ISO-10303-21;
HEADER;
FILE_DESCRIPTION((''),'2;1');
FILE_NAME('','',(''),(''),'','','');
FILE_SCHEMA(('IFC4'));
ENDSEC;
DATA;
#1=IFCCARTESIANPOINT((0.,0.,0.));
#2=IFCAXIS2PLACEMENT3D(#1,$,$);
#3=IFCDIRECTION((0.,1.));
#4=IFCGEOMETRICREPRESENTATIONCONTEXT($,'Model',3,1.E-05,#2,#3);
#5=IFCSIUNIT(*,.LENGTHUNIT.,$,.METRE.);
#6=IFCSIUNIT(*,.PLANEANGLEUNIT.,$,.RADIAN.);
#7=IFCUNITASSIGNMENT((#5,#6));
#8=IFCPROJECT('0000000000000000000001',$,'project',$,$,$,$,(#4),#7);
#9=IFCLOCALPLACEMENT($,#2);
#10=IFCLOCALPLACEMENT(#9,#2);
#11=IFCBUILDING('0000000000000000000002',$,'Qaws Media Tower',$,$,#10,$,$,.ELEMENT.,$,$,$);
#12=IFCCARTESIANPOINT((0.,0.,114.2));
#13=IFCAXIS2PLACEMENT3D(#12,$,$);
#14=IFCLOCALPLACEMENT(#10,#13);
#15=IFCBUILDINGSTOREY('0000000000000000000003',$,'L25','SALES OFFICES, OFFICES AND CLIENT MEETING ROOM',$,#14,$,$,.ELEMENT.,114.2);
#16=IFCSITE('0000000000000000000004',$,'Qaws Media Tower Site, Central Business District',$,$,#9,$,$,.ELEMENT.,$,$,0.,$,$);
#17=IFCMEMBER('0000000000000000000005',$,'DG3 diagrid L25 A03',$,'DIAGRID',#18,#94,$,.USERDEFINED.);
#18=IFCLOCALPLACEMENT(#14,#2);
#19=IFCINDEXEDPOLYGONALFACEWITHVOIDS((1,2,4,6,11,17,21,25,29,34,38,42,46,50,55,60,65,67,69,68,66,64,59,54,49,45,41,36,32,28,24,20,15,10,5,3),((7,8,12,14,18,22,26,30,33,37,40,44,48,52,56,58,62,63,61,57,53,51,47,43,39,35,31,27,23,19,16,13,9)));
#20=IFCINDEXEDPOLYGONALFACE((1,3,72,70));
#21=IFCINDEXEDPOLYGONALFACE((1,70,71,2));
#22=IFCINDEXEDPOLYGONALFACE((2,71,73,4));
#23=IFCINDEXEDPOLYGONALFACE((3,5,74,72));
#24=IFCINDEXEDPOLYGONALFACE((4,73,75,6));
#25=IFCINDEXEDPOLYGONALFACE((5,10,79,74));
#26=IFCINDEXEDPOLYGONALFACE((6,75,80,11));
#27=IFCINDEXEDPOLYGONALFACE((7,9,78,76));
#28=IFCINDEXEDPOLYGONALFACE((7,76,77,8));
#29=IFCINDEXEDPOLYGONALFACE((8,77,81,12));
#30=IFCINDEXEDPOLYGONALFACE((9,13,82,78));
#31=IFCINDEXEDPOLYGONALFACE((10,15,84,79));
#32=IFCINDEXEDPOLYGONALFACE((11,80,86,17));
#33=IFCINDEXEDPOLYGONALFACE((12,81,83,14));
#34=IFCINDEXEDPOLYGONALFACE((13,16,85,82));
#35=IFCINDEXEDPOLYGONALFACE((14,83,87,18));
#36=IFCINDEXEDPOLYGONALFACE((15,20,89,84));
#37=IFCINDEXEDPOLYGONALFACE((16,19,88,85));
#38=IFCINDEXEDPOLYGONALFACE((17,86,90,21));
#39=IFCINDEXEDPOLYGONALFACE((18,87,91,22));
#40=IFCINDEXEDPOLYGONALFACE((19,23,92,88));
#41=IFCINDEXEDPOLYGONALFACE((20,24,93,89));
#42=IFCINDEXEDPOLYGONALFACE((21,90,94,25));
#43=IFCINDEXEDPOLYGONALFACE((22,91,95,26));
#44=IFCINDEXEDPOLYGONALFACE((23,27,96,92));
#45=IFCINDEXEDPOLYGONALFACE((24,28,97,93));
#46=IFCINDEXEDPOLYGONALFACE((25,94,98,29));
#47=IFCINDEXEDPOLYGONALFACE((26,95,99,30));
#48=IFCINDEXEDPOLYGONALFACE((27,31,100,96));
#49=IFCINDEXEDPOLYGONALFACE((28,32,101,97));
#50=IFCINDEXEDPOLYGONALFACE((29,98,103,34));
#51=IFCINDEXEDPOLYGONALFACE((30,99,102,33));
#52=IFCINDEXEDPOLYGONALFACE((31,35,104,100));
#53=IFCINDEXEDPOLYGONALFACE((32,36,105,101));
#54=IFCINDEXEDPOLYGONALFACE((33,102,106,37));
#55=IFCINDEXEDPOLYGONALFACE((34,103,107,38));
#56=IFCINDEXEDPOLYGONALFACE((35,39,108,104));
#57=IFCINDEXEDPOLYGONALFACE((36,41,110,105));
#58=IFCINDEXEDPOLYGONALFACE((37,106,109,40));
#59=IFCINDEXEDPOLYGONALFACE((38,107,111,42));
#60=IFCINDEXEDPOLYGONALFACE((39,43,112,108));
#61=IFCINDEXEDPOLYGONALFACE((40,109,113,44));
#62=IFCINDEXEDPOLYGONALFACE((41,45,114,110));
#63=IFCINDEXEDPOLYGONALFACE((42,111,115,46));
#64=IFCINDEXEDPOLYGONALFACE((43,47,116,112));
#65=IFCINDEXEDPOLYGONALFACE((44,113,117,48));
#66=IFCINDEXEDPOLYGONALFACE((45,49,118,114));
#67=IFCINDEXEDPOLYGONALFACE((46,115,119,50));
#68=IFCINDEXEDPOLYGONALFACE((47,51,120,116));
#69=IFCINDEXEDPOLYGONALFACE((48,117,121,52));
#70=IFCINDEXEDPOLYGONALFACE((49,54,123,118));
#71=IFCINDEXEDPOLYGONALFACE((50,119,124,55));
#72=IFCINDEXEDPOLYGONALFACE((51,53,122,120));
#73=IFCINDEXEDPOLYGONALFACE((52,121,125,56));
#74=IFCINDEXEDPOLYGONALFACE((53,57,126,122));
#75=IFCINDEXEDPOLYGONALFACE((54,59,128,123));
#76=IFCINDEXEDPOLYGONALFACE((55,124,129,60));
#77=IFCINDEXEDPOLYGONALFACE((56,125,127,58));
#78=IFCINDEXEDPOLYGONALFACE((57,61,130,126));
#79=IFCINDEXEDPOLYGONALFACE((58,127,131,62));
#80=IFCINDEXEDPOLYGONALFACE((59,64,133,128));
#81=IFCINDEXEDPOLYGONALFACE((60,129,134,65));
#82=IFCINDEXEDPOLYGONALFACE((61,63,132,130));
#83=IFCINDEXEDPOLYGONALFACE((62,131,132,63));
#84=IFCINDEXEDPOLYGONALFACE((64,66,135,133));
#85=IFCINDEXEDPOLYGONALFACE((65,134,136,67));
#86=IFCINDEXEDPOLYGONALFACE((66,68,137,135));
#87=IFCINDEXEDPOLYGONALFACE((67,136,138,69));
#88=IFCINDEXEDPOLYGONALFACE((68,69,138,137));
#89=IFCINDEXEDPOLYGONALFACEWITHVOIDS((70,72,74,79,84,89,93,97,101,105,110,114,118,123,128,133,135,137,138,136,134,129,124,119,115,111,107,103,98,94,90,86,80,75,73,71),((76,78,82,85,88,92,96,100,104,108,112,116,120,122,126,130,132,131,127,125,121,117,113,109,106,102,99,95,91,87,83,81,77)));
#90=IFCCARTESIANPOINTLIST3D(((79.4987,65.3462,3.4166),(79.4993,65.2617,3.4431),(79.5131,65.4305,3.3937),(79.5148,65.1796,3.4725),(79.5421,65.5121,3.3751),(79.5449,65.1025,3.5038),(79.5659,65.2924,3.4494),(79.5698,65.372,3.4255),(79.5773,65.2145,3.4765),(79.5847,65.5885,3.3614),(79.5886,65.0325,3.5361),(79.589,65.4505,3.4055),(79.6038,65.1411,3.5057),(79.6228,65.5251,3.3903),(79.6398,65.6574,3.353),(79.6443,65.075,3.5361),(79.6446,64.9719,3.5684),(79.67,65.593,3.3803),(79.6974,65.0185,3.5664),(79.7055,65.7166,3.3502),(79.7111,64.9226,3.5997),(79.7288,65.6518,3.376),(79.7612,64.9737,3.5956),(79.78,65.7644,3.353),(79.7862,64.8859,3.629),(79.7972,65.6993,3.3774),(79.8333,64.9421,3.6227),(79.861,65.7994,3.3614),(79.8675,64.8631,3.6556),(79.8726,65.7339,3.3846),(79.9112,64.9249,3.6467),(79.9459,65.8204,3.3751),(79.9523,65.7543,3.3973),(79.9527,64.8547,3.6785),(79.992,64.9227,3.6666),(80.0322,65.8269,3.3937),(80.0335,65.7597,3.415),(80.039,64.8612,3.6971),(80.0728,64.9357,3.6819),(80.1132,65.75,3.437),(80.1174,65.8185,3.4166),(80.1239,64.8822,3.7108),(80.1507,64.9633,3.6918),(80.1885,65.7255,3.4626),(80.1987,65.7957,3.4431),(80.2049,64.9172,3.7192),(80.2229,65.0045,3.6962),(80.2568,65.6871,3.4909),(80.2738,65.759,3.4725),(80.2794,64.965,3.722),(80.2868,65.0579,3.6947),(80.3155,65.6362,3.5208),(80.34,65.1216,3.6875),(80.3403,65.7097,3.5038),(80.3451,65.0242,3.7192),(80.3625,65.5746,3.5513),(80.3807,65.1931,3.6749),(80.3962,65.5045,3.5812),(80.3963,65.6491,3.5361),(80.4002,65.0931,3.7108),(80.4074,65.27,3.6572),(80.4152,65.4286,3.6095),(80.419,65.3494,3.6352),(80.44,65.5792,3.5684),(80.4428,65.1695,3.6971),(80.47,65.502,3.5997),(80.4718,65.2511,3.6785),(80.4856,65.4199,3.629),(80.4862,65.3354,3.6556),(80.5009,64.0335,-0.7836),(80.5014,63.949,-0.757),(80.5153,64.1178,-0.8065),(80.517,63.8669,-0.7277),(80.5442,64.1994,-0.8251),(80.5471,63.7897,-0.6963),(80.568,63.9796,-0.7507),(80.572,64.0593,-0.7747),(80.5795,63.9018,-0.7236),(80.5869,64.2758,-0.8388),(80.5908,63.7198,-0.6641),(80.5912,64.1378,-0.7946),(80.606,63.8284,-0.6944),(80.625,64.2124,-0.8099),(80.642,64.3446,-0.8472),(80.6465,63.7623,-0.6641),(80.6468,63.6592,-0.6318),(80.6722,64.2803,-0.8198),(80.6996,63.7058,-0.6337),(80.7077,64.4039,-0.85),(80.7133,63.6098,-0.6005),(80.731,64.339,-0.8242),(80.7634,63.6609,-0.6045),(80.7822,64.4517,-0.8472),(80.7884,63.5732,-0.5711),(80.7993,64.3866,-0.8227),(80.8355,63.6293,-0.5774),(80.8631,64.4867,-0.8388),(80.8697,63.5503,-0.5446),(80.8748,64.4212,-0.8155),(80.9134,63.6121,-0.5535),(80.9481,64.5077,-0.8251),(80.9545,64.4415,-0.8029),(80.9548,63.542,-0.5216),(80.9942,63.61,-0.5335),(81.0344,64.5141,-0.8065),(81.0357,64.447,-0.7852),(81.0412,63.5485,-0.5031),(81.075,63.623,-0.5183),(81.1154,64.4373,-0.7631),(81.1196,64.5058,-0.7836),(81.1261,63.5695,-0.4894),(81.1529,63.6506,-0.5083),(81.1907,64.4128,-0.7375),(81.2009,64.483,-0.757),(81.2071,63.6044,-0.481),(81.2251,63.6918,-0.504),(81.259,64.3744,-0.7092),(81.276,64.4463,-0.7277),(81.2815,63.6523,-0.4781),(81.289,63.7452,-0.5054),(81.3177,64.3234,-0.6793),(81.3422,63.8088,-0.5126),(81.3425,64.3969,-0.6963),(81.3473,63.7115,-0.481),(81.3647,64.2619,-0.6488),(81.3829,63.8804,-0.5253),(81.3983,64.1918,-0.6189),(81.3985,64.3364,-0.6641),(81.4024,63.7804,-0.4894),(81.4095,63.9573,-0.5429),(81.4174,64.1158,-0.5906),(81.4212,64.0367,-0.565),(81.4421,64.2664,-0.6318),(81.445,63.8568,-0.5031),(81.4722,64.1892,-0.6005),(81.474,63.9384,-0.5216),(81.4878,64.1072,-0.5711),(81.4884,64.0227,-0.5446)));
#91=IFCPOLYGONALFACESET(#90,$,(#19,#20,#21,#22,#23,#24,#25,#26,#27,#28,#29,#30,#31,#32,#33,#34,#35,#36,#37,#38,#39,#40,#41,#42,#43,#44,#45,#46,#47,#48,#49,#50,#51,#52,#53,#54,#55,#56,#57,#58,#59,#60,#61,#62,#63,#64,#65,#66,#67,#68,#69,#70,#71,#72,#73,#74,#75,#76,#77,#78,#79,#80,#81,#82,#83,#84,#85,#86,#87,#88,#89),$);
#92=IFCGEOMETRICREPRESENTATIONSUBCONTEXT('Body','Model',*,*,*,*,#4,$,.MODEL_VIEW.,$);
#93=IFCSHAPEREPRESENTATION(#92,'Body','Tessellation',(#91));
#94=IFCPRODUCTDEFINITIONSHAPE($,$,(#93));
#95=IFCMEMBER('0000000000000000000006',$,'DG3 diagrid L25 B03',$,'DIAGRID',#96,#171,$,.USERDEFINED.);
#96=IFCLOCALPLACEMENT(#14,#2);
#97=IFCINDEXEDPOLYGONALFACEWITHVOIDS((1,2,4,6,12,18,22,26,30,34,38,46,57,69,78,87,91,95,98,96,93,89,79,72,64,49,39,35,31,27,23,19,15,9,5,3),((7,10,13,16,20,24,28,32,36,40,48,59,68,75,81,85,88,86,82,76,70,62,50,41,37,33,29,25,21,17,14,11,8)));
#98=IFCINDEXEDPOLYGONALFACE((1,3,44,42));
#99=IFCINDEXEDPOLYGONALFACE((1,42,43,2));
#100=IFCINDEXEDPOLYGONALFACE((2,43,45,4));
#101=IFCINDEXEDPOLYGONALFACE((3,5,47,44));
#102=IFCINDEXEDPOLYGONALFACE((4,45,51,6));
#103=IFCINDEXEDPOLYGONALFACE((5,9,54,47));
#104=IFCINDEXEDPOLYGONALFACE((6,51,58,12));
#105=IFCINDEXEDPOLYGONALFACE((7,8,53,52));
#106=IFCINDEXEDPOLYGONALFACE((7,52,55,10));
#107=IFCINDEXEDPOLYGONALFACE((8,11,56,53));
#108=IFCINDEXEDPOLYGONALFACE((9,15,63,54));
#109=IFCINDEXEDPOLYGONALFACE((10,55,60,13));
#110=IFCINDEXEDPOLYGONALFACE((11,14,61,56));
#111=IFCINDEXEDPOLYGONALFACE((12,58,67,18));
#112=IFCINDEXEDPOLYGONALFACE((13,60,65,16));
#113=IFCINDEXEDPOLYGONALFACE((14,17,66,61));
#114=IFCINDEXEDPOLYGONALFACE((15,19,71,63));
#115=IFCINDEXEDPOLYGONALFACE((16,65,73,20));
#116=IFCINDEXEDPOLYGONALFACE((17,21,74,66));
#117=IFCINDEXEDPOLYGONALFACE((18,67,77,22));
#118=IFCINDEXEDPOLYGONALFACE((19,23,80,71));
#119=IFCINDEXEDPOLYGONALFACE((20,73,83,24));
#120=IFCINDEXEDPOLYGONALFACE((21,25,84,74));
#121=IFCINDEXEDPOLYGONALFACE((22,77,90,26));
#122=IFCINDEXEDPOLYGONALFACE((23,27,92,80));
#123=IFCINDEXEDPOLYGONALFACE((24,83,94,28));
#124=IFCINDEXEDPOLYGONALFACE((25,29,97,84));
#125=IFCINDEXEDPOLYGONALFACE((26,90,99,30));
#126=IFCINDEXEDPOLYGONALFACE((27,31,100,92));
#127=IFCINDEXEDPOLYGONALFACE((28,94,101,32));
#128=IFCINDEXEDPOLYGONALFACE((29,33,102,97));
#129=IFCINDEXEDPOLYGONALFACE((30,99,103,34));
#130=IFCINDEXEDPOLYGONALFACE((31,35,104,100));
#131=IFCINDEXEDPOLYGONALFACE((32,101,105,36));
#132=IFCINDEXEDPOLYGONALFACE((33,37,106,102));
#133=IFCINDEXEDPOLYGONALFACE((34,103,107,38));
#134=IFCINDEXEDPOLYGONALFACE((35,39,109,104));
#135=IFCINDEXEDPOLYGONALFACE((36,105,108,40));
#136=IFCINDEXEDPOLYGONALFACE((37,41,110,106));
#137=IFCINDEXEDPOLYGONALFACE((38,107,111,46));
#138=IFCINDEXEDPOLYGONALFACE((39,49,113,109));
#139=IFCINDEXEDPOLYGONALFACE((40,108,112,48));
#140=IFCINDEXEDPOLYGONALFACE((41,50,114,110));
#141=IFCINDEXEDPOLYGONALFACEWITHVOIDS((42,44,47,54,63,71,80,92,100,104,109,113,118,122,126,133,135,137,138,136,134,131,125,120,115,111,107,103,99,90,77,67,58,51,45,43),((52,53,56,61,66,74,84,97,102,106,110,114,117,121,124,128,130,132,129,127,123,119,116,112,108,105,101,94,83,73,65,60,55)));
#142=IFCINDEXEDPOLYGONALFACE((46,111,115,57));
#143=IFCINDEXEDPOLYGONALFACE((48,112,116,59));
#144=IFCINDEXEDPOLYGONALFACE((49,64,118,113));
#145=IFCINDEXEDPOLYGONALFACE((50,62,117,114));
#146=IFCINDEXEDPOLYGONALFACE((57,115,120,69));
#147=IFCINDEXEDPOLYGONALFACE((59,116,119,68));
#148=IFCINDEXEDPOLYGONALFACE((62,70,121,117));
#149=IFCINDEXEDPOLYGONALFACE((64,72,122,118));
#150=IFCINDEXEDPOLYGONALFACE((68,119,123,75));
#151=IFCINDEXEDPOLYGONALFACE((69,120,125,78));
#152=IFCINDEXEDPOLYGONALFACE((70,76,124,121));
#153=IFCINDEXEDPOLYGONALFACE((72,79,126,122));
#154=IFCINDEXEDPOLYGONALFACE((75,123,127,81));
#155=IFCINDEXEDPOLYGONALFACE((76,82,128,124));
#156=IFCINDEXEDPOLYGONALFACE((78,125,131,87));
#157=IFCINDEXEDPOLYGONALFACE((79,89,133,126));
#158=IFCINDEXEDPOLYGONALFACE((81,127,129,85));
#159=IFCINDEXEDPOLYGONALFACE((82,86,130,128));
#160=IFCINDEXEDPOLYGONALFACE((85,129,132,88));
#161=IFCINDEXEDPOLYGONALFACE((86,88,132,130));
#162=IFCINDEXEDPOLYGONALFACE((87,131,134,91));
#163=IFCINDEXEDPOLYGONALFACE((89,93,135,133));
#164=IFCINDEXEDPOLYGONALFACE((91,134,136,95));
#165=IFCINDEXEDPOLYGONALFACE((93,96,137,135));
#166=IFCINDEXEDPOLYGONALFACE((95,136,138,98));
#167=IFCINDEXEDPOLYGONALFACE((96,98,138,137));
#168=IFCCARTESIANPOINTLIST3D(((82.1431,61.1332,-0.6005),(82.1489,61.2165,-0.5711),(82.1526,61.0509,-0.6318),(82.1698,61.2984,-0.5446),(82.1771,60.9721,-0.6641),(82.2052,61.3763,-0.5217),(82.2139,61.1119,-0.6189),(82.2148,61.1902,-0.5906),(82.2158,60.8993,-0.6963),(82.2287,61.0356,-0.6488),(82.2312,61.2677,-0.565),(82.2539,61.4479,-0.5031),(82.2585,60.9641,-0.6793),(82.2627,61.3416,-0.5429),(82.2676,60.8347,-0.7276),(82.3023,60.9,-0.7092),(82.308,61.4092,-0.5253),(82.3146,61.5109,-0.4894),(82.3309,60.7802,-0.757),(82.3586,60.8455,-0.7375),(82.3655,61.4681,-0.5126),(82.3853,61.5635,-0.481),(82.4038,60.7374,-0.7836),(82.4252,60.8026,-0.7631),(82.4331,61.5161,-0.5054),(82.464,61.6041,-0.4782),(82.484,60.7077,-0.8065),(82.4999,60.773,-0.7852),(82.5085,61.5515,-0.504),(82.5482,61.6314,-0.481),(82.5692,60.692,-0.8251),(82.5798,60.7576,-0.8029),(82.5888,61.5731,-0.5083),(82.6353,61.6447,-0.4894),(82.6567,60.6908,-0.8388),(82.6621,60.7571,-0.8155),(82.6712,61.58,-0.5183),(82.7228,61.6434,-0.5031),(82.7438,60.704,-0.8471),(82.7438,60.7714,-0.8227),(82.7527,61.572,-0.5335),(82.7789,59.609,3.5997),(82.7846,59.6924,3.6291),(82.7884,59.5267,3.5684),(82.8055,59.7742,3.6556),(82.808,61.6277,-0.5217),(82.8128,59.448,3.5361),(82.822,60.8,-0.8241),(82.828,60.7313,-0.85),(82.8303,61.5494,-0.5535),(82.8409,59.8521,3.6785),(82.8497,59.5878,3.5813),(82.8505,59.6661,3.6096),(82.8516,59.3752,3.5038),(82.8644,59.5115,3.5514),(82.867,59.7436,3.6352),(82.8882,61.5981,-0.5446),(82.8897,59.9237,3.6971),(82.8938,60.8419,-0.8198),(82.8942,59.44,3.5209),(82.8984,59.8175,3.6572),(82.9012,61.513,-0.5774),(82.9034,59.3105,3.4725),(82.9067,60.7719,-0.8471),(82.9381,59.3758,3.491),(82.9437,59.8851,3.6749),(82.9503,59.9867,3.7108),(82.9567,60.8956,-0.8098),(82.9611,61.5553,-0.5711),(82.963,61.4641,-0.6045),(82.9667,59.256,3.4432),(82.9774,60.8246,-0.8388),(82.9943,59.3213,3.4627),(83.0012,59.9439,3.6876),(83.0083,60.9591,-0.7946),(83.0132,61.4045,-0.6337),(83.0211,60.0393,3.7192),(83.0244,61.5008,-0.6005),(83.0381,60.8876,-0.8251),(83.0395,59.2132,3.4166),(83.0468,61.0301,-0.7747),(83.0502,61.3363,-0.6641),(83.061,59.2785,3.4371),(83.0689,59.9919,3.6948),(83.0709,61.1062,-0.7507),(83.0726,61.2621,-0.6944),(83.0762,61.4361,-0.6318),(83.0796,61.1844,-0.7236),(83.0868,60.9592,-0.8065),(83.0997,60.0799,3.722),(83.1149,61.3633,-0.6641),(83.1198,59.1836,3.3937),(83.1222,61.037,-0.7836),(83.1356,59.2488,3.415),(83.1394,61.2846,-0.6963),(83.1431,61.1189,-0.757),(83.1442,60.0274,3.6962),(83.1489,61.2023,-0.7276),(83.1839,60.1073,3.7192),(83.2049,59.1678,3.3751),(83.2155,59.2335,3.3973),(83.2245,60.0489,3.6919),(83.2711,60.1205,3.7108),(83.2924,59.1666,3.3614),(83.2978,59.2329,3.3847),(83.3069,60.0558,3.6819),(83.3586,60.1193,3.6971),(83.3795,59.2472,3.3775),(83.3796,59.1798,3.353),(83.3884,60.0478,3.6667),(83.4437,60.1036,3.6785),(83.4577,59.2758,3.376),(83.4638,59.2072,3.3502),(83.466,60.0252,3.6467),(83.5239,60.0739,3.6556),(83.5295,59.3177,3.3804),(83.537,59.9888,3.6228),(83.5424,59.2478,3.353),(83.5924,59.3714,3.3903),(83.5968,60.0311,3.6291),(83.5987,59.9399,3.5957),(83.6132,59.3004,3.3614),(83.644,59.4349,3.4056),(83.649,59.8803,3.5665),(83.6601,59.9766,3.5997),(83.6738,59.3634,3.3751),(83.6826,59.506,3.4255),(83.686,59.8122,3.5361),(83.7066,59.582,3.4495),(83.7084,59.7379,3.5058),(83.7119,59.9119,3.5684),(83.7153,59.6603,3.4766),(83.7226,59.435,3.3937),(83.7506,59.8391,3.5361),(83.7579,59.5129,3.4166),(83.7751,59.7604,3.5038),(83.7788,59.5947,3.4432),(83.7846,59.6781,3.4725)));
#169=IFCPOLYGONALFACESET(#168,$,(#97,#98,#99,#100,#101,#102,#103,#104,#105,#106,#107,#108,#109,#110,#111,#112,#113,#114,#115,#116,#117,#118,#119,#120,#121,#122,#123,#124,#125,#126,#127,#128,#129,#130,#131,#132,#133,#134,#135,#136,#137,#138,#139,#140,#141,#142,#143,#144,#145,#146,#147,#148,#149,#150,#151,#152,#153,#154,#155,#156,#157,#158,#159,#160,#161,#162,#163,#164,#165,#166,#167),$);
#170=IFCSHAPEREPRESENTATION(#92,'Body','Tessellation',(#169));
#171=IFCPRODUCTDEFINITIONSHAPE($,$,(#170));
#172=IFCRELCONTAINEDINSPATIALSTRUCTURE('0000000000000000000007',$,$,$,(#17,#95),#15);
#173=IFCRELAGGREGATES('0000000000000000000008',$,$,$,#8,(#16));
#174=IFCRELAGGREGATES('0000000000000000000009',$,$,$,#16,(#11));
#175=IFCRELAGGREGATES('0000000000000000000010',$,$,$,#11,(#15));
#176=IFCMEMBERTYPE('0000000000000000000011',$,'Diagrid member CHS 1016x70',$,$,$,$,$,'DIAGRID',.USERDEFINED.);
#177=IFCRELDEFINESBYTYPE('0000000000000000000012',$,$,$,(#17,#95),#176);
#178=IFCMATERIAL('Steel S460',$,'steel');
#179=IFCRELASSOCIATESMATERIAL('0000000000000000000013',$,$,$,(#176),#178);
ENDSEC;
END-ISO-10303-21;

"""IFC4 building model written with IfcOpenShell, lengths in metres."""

from ifc_helpers import new_model, si_unit, direction, frame, origin, origin_2d, place, context, subcontext, project, spatial, hollow_circle, extrude, material, material_profile, profile_set, type_object, element, save


model = new_model("IFC4")

# Units and contexts
model_context = context("Model", 3, precision=1e-05, world=origin(), true_north=direction((0.0, 1.0)))
body_context = subcontext(model_context, "Body", "Model", "MODEL_VIEW")
ifc_project = project(units=[si_unit("LENGTHUNIT", "METRE"), si_unit("PLANEANGLEUNIT", "RADIAN")], contexts=[model_context])

# Site, building, storey
site_placement = place(None, origin())
site = spatial("IfcSite", under=ifc_project, at=site_placement, Name="Qaws Media Tower Site, Central Business District", CompositionType="ELEMENT", RefElevation=0.0)
building_placement = place(site_placement, origin())
building = spatial("IfcBuilding", under=site, at=building_placement, Name="Qaws Media Tower", CompositionType="ELEMENT")
storey_placement = place(building_placement, frame((0.0, 0.0, 114.2)))
storey = spatial("IfcBuildingStorey", under=building, at=storey_placement, Name="L25", Description="SALES OFFICES, OFFICES AND CLIENT MEETING ROOM", CompositionType="ELEMENT", Elevation=114.2)

# Members
ifc_material_1 = material(Name="Steel S460", Category="steel")
ifc_material_profile_1 = material_profile(ifc_material_1, hollow_circle(Radius=0.5081, WallThickness=0.0701, at=origin_2d()), Name="CHS 1016x70")
ifc_profile_set_1 = profile_set([ifc_material_profile_1], Name="Steel S460")
member_type_1 = type_object("IfcMemberType", Name="Diagrid member CHS 1016x70", ElementType="DIAGRID", PredefinedType="USERDEFINED", material=ifc_profile_set_1)
for number, where, z_axis, x_axis, name in (
    (1, (80.9946, 64.0281, -0.6641), (-0.222057, 0.290865, 0.930639), (-0.794844, -0.606813, 0.0), "DG3 diagrid L25 A03"),
    (2, (82.646, 61.1677, -0.6641), (0.140863, -0.337714, 0.930648), (0.922933, 0.384962, 0.0), "DG3 diagrid L25 B03"),
):
    element("IfcMember", number, at=place(storey_placement, frame(where, z_axis=z_axis, x_axis=x_axis)), inside=storey, type_object=member_type_1, Name=name, ObjectType="DIAGRID", PredefinedType="USERDEFINED", context=body_context, shape_type="SweptSolid", body=[
        extrude(hollow_circle(Radius=0.5081, WallThickness=0.0701, at=origin_2d()), origin(), (0.0, 0.0, 1.0), 4.5132),
    ])

save(model, "model.ifc")
